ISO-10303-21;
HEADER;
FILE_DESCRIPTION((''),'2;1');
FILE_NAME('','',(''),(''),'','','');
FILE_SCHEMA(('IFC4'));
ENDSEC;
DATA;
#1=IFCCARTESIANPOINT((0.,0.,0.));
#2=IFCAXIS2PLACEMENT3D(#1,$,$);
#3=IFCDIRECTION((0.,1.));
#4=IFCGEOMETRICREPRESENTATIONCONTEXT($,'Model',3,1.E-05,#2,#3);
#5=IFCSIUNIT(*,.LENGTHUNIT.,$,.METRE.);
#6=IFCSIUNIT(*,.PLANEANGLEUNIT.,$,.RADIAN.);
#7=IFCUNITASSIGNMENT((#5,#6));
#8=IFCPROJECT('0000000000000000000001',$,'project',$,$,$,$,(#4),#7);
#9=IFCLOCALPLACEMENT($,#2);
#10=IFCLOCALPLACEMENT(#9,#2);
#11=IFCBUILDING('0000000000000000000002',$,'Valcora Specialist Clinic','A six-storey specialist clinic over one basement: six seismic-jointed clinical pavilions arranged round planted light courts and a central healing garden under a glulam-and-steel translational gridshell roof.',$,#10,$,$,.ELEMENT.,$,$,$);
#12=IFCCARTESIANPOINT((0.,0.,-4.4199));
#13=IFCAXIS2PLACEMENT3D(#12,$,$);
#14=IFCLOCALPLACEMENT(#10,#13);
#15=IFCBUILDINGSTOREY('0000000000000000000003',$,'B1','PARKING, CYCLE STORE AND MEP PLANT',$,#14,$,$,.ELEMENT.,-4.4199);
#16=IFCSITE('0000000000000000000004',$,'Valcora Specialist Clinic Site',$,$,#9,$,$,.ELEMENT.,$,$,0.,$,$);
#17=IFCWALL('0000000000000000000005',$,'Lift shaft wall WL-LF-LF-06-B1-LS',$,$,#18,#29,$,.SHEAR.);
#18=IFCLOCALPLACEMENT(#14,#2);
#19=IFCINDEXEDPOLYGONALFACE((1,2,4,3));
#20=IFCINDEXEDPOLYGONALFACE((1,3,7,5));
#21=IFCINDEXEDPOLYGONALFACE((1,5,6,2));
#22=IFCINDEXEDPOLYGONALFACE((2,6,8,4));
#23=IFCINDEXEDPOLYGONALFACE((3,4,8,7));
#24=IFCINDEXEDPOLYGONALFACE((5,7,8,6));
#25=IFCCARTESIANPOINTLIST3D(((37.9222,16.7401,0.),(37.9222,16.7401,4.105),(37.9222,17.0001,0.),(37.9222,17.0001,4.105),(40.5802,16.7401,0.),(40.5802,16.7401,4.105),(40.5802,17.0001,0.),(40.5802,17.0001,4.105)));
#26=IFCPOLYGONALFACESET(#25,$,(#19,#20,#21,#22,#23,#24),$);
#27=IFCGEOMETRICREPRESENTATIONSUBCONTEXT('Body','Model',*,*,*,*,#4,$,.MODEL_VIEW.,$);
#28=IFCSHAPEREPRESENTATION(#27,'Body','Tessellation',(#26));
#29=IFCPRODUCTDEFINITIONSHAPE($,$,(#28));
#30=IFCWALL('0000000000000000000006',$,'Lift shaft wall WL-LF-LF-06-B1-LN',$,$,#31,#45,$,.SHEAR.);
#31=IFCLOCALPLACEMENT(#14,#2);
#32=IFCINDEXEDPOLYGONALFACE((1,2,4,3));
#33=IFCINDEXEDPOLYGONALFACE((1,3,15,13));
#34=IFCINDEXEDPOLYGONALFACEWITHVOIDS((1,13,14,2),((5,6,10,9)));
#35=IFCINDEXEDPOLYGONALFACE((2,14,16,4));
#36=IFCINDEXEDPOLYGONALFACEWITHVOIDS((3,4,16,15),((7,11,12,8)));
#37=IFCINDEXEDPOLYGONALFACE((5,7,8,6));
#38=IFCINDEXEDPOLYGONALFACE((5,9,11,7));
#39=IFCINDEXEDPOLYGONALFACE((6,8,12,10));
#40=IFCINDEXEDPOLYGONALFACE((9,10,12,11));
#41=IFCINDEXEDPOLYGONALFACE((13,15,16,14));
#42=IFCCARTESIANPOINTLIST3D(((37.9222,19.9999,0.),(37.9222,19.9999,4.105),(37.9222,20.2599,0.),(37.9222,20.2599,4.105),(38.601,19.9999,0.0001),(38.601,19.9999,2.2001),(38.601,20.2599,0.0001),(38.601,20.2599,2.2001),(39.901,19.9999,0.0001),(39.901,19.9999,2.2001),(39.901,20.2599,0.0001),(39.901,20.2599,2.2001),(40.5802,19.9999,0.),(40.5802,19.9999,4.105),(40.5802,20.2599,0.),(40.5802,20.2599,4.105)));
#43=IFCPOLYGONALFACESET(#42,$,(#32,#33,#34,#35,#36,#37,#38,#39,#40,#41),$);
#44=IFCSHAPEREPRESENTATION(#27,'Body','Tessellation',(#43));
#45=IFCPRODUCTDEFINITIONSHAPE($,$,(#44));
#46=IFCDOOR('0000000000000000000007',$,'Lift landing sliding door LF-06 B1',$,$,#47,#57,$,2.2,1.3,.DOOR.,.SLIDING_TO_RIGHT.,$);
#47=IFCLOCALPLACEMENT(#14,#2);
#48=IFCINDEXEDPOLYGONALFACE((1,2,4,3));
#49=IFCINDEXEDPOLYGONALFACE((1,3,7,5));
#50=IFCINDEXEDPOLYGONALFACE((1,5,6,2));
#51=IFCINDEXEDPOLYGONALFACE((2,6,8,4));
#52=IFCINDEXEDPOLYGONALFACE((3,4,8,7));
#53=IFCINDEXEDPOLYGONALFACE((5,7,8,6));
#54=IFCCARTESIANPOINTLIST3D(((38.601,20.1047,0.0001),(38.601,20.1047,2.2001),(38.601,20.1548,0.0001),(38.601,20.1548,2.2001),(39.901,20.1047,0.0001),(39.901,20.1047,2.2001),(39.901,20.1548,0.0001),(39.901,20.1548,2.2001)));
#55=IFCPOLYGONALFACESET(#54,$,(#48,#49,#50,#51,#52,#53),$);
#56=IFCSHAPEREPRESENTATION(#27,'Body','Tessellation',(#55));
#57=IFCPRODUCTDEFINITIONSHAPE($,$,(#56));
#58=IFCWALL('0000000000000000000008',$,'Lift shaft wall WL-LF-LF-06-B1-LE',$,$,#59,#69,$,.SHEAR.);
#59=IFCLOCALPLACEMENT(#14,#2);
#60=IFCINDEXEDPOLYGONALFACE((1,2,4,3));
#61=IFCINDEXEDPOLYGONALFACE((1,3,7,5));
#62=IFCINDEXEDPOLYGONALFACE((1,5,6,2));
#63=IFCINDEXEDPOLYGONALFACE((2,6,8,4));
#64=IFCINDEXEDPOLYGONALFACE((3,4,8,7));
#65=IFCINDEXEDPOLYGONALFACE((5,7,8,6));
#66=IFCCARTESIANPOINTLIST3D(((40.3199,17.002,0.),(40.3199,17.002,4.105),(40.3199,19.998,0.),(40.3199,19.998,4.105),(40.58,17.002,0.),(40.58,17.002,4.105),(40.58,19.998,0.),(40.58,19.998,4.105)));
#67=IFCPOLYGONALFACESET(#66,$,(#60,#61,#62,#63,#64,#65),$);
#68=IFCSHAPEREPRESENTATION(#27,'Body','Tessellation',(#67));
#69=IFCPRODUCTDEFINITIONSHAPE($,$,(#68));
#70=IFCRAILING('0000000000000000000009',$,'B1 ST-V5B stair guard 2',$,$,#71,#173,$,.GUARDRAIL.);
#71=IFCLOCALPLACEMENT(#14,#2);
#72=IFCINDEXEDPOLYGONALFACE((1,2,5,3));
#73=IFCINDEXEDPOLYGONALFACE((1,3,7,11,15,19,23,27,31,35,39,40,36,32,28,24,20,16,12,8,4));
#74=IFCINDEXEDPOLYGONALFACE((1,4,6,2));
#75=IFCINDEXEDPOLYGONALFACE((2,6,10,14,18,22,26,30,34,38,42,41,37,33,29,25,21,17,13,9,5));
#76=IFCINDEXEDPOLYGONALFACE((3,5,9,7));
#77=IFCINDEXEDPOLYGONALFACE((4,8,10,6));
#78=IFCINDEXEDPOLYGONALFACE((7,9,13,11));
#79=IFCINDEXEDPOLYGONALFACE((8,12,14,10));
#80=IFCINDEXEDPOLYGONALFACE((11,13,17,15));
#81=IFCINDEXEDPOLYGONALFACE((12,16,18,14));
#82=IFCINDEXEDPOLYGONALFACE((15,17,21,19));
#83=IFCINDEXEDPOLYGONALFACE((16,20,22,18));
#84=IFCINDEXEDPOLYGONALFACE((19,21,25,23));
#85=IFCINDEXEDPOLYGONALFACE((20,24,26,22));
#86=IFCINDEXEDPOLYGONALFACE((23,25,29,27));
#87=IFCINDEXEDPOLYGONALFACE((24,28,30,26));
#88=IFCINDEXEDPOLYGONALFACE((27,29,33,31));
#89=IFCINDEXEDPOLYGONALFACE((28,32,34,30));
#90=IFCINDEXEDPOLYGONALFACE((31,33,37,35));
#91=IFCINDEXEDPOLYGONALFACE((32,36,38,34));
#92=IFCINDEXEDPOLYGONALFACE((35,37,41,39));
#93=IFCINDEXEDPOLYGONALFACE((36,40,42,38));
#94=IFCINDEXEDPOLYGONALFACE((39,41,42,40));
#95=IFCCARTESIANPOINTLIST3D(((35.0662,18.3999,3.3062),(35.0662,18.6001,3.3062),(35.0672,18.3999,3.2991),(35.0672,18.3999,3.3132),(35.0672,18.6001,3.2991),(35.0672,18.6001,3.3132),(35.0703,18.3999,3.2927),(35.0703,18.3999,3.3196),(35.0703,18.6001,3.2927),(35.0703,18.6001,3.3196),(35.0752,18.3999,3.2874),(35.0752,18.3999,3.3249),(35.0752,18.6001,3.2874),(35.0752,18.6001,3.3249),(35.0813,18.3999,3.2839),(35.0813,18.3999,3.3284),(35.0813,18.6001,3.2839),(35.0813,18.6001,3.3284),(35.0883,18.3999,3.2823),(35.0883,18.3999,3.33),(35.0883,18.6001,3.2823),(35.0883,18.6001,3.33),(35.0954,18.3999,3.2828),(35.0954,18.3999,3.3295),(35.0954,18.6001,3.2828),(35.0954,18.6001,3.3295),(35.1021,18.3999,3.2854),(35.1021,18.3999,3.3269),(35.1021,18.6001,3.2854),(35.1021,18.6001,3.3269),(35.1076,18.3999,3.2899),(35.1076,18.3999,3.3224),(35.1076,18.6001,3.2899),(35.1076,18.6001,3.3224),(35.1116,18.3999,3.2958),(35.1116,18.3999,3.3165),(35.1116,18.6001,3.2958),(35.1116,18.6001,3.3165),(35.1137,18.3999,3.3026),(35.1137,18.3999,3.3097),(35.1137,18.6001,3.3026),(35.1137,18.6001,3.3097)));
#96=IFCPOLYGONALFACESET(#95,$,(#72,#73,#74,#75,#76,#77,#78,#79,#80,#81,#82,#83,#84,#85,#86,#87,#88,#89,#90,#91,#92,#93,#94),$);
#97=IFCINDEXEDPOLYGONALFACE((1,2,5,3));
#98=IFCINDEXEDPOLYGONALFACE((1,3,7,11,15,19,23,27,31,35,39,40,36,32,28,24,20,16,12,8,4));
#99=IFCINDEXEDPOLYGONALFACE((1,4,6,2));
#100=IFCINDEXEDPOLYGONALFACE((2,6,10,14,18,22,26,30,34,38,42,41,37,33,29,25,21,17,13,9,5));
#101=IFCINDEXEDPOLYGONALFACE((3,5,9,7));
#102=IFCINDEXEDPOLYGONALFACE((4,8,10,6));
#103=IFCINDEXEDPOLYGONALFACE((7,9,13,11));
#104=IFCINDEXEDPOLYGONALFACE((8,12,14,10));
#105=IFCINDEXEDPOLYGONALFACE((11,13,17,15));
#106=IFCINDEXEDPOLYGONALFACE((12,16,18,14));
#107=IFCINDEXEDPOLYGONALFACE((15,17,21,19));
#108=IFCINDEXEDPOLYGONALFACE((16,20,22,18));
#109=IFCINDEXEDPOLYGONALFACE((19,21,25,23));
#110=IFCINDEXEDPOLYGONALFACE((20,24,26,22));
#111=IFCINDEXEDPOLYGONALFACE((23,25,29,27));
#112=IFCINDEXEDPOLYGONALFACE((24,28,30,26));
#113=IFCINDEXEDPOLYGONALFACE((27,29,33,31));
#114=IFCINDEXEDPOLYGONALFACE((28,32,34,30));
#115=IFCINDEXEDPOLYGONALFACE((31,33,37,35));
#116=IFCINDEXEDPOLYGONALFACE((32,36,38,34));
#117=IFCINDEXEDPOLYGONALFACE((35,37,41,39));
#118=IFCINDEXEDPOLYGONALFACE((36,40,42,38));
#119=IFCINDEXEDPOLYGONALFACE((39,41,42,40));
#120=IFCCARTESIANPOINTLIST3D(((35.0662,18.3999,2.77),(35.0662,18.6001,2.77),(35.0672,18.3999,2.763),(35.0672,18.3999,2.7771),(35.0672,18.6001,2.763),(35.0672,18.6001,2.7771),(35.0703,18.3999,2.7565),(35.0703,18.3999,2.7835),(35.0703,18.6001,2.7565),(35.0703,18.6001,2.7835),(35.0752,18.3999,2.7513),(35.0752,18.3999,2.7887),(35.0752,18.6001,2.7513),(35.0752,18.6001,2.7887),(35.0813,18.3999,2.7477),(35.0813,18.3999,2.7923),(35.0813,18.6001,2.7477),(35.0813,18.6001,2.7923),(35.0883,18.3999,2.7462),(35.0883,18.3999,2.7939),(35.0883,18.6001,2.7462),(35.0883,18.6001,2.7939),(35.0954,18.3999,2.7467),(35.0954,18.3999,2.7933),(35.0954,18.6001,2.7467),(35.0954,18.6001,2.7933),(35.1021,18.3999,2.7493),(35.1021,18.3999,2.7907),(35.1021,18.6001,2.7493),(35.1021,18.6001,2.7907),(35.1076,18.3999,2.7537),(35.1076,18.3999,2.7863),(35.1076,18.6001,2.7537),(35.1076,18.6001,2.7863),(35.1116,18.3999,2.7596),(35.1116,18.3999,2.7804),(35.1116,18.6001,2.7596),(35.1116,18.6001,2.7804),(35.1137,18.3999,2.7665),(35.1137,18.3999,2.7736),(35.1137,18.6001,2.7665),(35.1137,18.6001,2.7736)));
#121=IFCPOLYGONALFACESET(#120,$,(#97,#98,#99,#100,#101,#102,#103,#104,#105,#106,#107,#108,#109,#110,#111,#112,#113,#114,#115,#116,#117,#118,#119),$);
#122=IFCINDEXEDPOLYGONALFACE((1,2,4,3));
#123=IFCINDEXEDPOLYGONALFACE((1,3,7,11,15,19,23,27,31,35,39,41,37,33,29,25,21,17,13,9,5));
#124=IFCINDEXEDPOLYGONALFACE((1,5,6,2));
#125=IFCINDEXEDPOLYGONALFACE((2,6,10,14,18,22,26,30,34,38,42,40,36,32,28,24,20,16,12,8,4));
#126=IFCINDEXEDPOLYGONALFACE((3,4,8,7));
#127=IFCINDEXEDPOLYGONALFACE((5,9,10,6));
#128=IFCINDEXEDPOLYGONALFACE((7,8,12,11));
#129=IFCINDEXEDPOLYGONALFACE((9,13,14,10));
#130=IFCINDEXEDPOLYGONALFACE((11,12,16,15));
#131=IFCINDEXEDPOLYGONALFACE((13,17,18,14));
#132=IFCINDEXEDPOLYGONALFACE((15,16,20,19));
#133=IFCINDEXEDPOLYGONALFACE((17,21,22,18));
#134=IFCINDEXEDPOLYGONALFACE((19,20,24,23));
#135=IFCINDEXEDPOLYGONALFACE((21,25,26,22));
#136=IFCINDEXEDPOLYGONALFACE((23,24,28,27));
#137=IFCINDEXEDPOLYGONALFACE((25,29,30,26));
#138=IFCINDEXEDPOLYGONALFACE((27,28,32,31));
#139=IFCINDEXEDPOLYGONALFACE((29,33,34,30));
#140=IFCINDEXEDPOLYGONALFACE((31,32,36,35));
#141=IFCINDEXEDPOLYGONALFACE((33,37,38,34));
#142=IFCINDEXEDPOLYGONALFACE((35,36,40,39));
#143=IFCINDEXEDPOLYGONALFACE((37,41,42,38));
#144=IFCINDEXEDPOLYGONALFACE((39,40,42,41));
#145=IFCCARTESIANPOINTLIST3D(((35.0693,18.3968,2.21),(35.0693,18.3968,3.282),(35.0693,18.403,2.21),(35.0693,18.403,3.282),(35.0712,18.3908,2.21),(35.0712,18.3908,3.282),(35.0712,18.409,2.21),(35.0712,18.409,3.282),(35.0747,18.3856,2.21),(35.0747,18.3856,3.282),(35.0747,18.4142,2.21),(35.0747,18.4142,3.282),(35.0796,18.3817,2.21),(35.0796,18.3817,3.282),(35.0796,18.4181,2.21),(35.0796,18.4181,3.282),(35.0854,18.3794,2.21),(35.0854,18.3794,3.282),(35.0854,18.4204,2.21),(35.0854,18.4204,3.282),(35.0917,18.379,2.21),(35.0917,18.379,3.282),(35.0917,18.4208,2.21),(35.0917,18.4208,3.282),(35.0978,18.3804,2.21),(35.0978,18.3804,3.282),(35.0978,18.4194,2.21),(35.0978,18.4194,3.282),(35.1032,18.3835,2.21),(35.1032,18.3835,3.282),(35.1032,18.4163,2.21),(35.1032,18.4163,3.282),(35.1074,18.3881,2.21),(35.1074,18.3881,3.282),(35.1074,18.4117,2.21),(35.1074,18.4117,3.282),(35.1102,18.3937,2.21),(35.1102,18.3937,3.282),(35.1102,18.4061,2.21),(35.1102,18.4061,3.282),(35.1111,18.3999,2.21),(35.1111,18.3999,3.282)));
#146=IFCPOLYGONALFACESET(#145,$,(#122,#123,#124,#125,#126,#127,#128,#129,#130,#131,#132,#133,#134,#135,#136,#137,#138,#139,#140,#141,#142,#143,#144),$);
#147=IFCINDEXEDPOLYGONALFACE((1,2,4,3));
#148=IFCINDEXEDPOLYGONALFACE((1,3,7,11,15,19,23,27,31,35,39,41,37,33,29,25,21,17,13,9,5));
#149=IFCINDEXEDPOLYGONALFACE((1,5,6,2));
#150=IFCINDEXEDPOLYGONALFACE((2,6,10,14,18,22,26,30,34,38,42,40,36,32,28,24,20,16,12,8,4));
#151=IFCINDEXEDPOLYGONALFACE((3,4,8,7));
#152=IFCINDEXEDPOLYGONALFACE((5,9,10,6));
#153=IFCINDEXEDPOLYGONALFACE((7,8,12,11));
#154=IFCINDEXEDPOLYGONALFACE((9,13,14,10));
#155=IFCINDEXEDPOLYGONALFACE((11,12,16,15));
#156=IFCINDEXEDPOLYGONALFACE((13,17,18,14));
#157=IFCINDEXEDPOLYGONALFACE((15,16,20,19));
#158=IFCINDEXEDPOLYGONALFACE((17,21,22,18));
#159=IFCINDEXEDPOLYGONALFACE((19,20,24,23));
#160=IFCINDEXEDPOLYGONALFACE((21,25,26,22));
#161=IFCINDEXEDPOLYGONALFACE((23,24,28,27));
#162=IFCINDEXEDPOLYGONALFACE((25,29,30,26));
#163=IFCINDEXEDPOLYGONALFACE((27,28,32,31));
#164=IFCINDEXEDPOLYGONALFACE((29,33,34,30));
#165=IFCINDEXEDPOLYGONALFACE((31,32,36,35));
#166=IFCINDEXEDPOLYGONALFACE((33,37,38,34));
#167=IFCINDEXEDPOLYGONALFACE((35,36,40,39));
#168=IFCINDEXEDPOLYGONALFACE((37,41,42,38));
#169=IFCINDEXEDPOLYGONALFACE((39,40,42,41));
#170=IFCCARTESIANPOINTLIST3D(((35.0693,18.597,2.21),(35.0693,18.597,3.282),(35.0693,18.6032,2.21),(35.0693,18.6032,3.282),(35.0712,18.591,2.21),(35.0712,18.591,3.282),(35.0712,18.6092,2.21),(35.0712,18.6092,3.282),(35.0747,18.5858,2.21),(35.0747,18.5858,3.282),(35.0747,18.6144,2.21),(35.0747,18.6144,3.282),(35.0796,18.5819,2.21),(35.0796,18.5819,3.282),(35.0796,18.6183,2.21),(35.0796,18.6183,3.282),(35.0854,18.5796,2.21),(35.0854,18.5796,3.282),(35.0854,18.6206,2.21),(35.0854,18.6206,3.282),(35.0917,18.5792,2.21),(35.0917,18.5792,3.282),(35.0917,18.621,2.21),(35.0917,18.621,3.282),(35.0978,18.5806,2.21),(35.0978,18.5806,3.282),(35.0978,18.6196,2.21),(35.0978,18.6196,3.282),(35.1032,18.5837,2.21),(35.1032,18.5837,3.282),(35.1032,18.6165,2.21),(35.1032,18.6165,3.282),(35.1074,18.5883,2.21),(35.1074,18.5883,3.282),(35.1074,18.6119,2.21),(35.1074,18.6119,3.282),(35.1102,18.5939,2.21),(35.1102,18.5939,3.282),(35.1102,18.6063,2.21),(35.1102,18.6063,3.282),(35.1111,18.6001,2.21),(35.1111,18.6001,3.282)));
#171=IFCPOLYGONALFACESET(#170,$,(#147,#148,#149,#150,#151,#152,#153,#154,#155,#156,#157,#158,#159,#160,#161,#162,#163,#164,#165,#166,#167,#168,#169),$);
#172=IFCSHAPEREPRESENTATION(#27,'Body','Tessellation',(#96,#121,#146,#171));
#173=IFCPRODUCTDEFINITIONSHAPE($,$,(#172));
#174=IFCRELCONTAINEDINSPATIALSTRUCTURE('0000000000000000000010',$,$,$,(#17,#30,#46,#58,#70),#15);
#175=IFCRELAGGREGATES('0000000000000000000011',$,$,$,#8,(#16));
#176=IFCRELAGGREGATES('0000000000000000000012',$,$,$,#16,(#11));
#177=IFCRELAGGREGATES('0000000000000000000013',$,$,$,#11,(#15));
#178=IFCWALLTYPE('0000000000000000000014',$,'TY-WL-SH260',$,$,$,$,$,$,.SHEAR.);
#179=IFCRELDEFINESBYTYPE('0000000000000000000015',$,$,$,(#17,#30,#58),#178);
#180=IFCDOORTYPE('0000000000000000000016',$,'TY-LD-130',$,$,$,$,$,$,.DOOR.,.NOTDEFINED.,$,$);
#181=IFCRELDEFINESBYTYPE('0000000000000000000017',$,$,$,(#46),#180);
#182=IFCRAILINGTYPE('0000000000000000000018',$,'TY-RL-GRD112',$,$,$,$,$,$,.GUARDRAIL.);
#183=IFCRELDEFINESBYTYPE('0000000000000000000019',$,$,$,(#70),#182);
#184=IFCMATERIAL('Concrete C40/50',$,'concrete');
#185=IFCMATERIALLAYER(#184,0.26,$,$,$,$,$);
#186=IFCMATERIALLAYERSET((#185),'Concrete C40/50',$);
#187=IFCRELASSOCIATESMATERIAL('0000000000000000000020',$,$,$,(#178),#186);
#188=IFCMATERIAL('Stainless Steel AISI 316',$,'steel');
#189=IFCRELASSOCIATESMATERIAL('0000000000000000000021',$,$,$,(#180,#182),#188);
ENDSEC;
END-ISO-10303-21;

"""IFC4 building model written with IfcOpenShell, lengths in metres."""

from ifc_helpers import new_model, si_unit, direction, frame, frame_2d, origin, origin_2d, place, context, subcontext, project, spatial, rectangle, circle, extrude, material, layer, layer_set, type_object, element, fill, save


model = new_model("IFC4")

# Units and contexts
model_context = context("Model", 3, precision=1e-05, world=origin(), true_north=direction((0.0, 1.0)))
body_context = subcontext(model_context, "Body", "Model", "MODEL_VIEW")
ifc_project = project(units=[si_unit("LENGTHUNIT", "METRE"), si_unit("PLANEANGLEUNIT", "RADIAN")], contexts=[model_context])

# Site, building, storey
site_placement = place(None, origin())
site = spatial("IfcSite", under=ifc_project, at=site_placement, Name="Valcora Specialist Clinic Site", CompositionType="ELEMENT", RefElevation=0.0)
building_placement = place(site_placement, origin())
building = spatial("IfcBuilding", under=site, at=building_placement, Name="Valcora Specialist Clinic", Description="A six-storey specialist clinic over one basement: six seismic-jointed clinical pavilions arranged round planted light courts and a central healing garden under a glulam-and-steel translational gridshell roof.", CompositionType="ELEMENT")
storey_placement = place(building_placement, frame((0.0, 0.0, -4.4199)))
storey = spatial("IfcBuildingStorey", under=building, at=storey_placement, Name="B1", Description="PARKING, CYCLE STORE AND MEP PLANT", CompositionType="ELEMENT", Elevation=-4.4199)

# Shared definitions
ifc_material_1 = material(Name="Concrete C40/50", Category="concrete")

# Wall
ifc_layer_1 = layer(ifc_material_1, 0.26)
ifc_layer_set_1 = layer_set([ifc_layer_1], Name="Concrete C40/50")
wall_type_1 = type_object("IfcWallType", Name="TY-WL-SH260", PredefinedType="SHEAR", material=ifc_layer_set_1)
wall_1_placement = place(storey_placement, frame((37.9221, 16.8701, 0.0), z_axis=(0.0, 0.0, 1.0), x_axis=(1.0, 0.0, 0.0)))
element("IfcWall", 1, at=wall_1_placement, inside=storey, type_object=wall_type_1, Name="Lift shaft wall WL-LF-LF-06-B1-LS", PredefinedType="SHEAR", context=body_context, shape_type="SweptSolid", body=[
    extrude(rectangle(XDim=2.658, YDim=0.26, at=frame_2d((1.3291, 0.0))), origin(), (0.0, 0.0, 1.0), 4.105),
])

# Wall, opening, door
wall_2_placement = place(storey_placement, frame((37.9221, 20.1299, 0.0), z_axis=(0.0, 0.0, 1.0), x_axis=(1.0, 0.0, 0.0)))
wall_2 = element("IfcWall", 2, at=wall_2_placement, inside=storey, type_object=wall_type_1, Name="Lift shaft wall WL-LF-LF-06-B1-LN", PredefinedType="SHEAR", context=body_context, shape_type="SweptSolid", body=[
    extrude(rectangle(XDim=2.658, YDim=0.26, at=frame_2d((1.3291, 0.0))), origin(), (0.0, 0.0, 1.0), 4.105),
])
opening_1_placement = place(wall_2_placement, frame((0.679, 0.0, 0.0)))
opening_1 = element("IfcOpeningElement", 3, at=opening_1_placement, cuts=wall_2, PredefinedType="OPENING", context=body_context, shape_type="SweptSolid", body=[
    extrude(rectangle(XDim=1.3, YDim=2.2, at=frame_2d((0.6499, 1.1001))), frame((0.0, 0.1399, 0.0), z_axis=(0.0, -1.0, 0.0), x_axis=(1.0, 0.0, 0.0)), (0.0, 0.0, 1.0), 0.28),
])
ifc_material_2 = material(Name="Stainless Steel AISI 316", Category="steel")
door_type_1 = type_object("IfcDoorType", Name="TY-LD-130", OperationType="NOTDEFINED", PredefinedType="DOOR", material=ifc_material_2)
door_1_placement = place(opening_1_placement, origin())
door_1 = element("IfcDoor", 4, at=door_1_placement, inside=storey, type_object=door_type_1, Name="Lift landing sliding door LF-06 B1", OperationType="SLIDING_TO_RIGHT", OverallHeight=2.2, OverallWidth=1.3, PredefinedType="DOOR", context=body_context, shape_type="SweptSolid", body=[
    extrude(rectangle(XDim=1.3, YDim=2.2, at=frame_2d((0.6499, 1.1001))), frame((0.0, 0.0249, 0.0), z_axis=(0.0, -1.0, 0.0), x_axis=(1.0, 0.0, 0.0)), (0.0, 0.0, 1.0), 0.05),
])
fill(opening_1, door_1)

# Wall
wall_3_placement = place(storey_placement, frame((40.45, 17.002, 0.0), z_axis=(0.0, 0.0, 1.0), x_axis=(0.0, 1.0, 0.0)))
element("IfcWall", 5, at=wall_3_placement, inside=storey, type_object=wall_type_1, Name="Lift shaft wall WL-LF-LF-06-B1-LE", PredefinedType="SHEAR", context=body_context, shape_type="SweptSolid", body=[
    extrude(rectangle(XDim=2.9961, YDim=0.26, at=frame_2d((1.498, 0.0))), origin(), (0.0, 0.0, 1.0), 4.105),
])

# Railing
railing_type_1 = type_object("IfcRailingType", Name="TY-RL-GRD112", PredefinedType="GUARDRAIL", material=ifc_material_2)
railing_1_placement = place(storey_placement, frame((35.0901, 18.3999, 2.21)))
element("IfcRailing", 6, at=railing_1_placement, inside=storey, type_object=railing_type_1, Name="B1 ST-V5B stair guard 2", PredefinedType="GUARDRAIL", context=body_context, shape_type="SweptSolid", body=[
    extrude(circle(Radius=0.0239, at=origin_2d()), frame((0.0, 0.0, 1.0962), z_axis=(0.0, 1.0, 0.0), x_axis=(-1.0, 0.0, 0.0)), (0.0, 0.0, 1.0), 0.2002),
    extrude(circle(Radius=0.0239, at=origin_2d()), frame((0.0, 0.0, 0.5601), z_axis=(0.0, 1.0, 0.0), x_axis=(-1.0, 0.0, 0.0)), (0.0, 0.0, 1.0), 0.2002),
    extrude(circle(Radius=0.021, at=origin_2d()), origin(), (0.0, 0.0, 1.0), 1.072),
    extrude(circle(Radius=0.021, at=origin_2d()), frame((0.0, 0.2002, 0.0)), (0.0, 0.0, 1.0), 1.072),
])

save(model, "model.ifc")
